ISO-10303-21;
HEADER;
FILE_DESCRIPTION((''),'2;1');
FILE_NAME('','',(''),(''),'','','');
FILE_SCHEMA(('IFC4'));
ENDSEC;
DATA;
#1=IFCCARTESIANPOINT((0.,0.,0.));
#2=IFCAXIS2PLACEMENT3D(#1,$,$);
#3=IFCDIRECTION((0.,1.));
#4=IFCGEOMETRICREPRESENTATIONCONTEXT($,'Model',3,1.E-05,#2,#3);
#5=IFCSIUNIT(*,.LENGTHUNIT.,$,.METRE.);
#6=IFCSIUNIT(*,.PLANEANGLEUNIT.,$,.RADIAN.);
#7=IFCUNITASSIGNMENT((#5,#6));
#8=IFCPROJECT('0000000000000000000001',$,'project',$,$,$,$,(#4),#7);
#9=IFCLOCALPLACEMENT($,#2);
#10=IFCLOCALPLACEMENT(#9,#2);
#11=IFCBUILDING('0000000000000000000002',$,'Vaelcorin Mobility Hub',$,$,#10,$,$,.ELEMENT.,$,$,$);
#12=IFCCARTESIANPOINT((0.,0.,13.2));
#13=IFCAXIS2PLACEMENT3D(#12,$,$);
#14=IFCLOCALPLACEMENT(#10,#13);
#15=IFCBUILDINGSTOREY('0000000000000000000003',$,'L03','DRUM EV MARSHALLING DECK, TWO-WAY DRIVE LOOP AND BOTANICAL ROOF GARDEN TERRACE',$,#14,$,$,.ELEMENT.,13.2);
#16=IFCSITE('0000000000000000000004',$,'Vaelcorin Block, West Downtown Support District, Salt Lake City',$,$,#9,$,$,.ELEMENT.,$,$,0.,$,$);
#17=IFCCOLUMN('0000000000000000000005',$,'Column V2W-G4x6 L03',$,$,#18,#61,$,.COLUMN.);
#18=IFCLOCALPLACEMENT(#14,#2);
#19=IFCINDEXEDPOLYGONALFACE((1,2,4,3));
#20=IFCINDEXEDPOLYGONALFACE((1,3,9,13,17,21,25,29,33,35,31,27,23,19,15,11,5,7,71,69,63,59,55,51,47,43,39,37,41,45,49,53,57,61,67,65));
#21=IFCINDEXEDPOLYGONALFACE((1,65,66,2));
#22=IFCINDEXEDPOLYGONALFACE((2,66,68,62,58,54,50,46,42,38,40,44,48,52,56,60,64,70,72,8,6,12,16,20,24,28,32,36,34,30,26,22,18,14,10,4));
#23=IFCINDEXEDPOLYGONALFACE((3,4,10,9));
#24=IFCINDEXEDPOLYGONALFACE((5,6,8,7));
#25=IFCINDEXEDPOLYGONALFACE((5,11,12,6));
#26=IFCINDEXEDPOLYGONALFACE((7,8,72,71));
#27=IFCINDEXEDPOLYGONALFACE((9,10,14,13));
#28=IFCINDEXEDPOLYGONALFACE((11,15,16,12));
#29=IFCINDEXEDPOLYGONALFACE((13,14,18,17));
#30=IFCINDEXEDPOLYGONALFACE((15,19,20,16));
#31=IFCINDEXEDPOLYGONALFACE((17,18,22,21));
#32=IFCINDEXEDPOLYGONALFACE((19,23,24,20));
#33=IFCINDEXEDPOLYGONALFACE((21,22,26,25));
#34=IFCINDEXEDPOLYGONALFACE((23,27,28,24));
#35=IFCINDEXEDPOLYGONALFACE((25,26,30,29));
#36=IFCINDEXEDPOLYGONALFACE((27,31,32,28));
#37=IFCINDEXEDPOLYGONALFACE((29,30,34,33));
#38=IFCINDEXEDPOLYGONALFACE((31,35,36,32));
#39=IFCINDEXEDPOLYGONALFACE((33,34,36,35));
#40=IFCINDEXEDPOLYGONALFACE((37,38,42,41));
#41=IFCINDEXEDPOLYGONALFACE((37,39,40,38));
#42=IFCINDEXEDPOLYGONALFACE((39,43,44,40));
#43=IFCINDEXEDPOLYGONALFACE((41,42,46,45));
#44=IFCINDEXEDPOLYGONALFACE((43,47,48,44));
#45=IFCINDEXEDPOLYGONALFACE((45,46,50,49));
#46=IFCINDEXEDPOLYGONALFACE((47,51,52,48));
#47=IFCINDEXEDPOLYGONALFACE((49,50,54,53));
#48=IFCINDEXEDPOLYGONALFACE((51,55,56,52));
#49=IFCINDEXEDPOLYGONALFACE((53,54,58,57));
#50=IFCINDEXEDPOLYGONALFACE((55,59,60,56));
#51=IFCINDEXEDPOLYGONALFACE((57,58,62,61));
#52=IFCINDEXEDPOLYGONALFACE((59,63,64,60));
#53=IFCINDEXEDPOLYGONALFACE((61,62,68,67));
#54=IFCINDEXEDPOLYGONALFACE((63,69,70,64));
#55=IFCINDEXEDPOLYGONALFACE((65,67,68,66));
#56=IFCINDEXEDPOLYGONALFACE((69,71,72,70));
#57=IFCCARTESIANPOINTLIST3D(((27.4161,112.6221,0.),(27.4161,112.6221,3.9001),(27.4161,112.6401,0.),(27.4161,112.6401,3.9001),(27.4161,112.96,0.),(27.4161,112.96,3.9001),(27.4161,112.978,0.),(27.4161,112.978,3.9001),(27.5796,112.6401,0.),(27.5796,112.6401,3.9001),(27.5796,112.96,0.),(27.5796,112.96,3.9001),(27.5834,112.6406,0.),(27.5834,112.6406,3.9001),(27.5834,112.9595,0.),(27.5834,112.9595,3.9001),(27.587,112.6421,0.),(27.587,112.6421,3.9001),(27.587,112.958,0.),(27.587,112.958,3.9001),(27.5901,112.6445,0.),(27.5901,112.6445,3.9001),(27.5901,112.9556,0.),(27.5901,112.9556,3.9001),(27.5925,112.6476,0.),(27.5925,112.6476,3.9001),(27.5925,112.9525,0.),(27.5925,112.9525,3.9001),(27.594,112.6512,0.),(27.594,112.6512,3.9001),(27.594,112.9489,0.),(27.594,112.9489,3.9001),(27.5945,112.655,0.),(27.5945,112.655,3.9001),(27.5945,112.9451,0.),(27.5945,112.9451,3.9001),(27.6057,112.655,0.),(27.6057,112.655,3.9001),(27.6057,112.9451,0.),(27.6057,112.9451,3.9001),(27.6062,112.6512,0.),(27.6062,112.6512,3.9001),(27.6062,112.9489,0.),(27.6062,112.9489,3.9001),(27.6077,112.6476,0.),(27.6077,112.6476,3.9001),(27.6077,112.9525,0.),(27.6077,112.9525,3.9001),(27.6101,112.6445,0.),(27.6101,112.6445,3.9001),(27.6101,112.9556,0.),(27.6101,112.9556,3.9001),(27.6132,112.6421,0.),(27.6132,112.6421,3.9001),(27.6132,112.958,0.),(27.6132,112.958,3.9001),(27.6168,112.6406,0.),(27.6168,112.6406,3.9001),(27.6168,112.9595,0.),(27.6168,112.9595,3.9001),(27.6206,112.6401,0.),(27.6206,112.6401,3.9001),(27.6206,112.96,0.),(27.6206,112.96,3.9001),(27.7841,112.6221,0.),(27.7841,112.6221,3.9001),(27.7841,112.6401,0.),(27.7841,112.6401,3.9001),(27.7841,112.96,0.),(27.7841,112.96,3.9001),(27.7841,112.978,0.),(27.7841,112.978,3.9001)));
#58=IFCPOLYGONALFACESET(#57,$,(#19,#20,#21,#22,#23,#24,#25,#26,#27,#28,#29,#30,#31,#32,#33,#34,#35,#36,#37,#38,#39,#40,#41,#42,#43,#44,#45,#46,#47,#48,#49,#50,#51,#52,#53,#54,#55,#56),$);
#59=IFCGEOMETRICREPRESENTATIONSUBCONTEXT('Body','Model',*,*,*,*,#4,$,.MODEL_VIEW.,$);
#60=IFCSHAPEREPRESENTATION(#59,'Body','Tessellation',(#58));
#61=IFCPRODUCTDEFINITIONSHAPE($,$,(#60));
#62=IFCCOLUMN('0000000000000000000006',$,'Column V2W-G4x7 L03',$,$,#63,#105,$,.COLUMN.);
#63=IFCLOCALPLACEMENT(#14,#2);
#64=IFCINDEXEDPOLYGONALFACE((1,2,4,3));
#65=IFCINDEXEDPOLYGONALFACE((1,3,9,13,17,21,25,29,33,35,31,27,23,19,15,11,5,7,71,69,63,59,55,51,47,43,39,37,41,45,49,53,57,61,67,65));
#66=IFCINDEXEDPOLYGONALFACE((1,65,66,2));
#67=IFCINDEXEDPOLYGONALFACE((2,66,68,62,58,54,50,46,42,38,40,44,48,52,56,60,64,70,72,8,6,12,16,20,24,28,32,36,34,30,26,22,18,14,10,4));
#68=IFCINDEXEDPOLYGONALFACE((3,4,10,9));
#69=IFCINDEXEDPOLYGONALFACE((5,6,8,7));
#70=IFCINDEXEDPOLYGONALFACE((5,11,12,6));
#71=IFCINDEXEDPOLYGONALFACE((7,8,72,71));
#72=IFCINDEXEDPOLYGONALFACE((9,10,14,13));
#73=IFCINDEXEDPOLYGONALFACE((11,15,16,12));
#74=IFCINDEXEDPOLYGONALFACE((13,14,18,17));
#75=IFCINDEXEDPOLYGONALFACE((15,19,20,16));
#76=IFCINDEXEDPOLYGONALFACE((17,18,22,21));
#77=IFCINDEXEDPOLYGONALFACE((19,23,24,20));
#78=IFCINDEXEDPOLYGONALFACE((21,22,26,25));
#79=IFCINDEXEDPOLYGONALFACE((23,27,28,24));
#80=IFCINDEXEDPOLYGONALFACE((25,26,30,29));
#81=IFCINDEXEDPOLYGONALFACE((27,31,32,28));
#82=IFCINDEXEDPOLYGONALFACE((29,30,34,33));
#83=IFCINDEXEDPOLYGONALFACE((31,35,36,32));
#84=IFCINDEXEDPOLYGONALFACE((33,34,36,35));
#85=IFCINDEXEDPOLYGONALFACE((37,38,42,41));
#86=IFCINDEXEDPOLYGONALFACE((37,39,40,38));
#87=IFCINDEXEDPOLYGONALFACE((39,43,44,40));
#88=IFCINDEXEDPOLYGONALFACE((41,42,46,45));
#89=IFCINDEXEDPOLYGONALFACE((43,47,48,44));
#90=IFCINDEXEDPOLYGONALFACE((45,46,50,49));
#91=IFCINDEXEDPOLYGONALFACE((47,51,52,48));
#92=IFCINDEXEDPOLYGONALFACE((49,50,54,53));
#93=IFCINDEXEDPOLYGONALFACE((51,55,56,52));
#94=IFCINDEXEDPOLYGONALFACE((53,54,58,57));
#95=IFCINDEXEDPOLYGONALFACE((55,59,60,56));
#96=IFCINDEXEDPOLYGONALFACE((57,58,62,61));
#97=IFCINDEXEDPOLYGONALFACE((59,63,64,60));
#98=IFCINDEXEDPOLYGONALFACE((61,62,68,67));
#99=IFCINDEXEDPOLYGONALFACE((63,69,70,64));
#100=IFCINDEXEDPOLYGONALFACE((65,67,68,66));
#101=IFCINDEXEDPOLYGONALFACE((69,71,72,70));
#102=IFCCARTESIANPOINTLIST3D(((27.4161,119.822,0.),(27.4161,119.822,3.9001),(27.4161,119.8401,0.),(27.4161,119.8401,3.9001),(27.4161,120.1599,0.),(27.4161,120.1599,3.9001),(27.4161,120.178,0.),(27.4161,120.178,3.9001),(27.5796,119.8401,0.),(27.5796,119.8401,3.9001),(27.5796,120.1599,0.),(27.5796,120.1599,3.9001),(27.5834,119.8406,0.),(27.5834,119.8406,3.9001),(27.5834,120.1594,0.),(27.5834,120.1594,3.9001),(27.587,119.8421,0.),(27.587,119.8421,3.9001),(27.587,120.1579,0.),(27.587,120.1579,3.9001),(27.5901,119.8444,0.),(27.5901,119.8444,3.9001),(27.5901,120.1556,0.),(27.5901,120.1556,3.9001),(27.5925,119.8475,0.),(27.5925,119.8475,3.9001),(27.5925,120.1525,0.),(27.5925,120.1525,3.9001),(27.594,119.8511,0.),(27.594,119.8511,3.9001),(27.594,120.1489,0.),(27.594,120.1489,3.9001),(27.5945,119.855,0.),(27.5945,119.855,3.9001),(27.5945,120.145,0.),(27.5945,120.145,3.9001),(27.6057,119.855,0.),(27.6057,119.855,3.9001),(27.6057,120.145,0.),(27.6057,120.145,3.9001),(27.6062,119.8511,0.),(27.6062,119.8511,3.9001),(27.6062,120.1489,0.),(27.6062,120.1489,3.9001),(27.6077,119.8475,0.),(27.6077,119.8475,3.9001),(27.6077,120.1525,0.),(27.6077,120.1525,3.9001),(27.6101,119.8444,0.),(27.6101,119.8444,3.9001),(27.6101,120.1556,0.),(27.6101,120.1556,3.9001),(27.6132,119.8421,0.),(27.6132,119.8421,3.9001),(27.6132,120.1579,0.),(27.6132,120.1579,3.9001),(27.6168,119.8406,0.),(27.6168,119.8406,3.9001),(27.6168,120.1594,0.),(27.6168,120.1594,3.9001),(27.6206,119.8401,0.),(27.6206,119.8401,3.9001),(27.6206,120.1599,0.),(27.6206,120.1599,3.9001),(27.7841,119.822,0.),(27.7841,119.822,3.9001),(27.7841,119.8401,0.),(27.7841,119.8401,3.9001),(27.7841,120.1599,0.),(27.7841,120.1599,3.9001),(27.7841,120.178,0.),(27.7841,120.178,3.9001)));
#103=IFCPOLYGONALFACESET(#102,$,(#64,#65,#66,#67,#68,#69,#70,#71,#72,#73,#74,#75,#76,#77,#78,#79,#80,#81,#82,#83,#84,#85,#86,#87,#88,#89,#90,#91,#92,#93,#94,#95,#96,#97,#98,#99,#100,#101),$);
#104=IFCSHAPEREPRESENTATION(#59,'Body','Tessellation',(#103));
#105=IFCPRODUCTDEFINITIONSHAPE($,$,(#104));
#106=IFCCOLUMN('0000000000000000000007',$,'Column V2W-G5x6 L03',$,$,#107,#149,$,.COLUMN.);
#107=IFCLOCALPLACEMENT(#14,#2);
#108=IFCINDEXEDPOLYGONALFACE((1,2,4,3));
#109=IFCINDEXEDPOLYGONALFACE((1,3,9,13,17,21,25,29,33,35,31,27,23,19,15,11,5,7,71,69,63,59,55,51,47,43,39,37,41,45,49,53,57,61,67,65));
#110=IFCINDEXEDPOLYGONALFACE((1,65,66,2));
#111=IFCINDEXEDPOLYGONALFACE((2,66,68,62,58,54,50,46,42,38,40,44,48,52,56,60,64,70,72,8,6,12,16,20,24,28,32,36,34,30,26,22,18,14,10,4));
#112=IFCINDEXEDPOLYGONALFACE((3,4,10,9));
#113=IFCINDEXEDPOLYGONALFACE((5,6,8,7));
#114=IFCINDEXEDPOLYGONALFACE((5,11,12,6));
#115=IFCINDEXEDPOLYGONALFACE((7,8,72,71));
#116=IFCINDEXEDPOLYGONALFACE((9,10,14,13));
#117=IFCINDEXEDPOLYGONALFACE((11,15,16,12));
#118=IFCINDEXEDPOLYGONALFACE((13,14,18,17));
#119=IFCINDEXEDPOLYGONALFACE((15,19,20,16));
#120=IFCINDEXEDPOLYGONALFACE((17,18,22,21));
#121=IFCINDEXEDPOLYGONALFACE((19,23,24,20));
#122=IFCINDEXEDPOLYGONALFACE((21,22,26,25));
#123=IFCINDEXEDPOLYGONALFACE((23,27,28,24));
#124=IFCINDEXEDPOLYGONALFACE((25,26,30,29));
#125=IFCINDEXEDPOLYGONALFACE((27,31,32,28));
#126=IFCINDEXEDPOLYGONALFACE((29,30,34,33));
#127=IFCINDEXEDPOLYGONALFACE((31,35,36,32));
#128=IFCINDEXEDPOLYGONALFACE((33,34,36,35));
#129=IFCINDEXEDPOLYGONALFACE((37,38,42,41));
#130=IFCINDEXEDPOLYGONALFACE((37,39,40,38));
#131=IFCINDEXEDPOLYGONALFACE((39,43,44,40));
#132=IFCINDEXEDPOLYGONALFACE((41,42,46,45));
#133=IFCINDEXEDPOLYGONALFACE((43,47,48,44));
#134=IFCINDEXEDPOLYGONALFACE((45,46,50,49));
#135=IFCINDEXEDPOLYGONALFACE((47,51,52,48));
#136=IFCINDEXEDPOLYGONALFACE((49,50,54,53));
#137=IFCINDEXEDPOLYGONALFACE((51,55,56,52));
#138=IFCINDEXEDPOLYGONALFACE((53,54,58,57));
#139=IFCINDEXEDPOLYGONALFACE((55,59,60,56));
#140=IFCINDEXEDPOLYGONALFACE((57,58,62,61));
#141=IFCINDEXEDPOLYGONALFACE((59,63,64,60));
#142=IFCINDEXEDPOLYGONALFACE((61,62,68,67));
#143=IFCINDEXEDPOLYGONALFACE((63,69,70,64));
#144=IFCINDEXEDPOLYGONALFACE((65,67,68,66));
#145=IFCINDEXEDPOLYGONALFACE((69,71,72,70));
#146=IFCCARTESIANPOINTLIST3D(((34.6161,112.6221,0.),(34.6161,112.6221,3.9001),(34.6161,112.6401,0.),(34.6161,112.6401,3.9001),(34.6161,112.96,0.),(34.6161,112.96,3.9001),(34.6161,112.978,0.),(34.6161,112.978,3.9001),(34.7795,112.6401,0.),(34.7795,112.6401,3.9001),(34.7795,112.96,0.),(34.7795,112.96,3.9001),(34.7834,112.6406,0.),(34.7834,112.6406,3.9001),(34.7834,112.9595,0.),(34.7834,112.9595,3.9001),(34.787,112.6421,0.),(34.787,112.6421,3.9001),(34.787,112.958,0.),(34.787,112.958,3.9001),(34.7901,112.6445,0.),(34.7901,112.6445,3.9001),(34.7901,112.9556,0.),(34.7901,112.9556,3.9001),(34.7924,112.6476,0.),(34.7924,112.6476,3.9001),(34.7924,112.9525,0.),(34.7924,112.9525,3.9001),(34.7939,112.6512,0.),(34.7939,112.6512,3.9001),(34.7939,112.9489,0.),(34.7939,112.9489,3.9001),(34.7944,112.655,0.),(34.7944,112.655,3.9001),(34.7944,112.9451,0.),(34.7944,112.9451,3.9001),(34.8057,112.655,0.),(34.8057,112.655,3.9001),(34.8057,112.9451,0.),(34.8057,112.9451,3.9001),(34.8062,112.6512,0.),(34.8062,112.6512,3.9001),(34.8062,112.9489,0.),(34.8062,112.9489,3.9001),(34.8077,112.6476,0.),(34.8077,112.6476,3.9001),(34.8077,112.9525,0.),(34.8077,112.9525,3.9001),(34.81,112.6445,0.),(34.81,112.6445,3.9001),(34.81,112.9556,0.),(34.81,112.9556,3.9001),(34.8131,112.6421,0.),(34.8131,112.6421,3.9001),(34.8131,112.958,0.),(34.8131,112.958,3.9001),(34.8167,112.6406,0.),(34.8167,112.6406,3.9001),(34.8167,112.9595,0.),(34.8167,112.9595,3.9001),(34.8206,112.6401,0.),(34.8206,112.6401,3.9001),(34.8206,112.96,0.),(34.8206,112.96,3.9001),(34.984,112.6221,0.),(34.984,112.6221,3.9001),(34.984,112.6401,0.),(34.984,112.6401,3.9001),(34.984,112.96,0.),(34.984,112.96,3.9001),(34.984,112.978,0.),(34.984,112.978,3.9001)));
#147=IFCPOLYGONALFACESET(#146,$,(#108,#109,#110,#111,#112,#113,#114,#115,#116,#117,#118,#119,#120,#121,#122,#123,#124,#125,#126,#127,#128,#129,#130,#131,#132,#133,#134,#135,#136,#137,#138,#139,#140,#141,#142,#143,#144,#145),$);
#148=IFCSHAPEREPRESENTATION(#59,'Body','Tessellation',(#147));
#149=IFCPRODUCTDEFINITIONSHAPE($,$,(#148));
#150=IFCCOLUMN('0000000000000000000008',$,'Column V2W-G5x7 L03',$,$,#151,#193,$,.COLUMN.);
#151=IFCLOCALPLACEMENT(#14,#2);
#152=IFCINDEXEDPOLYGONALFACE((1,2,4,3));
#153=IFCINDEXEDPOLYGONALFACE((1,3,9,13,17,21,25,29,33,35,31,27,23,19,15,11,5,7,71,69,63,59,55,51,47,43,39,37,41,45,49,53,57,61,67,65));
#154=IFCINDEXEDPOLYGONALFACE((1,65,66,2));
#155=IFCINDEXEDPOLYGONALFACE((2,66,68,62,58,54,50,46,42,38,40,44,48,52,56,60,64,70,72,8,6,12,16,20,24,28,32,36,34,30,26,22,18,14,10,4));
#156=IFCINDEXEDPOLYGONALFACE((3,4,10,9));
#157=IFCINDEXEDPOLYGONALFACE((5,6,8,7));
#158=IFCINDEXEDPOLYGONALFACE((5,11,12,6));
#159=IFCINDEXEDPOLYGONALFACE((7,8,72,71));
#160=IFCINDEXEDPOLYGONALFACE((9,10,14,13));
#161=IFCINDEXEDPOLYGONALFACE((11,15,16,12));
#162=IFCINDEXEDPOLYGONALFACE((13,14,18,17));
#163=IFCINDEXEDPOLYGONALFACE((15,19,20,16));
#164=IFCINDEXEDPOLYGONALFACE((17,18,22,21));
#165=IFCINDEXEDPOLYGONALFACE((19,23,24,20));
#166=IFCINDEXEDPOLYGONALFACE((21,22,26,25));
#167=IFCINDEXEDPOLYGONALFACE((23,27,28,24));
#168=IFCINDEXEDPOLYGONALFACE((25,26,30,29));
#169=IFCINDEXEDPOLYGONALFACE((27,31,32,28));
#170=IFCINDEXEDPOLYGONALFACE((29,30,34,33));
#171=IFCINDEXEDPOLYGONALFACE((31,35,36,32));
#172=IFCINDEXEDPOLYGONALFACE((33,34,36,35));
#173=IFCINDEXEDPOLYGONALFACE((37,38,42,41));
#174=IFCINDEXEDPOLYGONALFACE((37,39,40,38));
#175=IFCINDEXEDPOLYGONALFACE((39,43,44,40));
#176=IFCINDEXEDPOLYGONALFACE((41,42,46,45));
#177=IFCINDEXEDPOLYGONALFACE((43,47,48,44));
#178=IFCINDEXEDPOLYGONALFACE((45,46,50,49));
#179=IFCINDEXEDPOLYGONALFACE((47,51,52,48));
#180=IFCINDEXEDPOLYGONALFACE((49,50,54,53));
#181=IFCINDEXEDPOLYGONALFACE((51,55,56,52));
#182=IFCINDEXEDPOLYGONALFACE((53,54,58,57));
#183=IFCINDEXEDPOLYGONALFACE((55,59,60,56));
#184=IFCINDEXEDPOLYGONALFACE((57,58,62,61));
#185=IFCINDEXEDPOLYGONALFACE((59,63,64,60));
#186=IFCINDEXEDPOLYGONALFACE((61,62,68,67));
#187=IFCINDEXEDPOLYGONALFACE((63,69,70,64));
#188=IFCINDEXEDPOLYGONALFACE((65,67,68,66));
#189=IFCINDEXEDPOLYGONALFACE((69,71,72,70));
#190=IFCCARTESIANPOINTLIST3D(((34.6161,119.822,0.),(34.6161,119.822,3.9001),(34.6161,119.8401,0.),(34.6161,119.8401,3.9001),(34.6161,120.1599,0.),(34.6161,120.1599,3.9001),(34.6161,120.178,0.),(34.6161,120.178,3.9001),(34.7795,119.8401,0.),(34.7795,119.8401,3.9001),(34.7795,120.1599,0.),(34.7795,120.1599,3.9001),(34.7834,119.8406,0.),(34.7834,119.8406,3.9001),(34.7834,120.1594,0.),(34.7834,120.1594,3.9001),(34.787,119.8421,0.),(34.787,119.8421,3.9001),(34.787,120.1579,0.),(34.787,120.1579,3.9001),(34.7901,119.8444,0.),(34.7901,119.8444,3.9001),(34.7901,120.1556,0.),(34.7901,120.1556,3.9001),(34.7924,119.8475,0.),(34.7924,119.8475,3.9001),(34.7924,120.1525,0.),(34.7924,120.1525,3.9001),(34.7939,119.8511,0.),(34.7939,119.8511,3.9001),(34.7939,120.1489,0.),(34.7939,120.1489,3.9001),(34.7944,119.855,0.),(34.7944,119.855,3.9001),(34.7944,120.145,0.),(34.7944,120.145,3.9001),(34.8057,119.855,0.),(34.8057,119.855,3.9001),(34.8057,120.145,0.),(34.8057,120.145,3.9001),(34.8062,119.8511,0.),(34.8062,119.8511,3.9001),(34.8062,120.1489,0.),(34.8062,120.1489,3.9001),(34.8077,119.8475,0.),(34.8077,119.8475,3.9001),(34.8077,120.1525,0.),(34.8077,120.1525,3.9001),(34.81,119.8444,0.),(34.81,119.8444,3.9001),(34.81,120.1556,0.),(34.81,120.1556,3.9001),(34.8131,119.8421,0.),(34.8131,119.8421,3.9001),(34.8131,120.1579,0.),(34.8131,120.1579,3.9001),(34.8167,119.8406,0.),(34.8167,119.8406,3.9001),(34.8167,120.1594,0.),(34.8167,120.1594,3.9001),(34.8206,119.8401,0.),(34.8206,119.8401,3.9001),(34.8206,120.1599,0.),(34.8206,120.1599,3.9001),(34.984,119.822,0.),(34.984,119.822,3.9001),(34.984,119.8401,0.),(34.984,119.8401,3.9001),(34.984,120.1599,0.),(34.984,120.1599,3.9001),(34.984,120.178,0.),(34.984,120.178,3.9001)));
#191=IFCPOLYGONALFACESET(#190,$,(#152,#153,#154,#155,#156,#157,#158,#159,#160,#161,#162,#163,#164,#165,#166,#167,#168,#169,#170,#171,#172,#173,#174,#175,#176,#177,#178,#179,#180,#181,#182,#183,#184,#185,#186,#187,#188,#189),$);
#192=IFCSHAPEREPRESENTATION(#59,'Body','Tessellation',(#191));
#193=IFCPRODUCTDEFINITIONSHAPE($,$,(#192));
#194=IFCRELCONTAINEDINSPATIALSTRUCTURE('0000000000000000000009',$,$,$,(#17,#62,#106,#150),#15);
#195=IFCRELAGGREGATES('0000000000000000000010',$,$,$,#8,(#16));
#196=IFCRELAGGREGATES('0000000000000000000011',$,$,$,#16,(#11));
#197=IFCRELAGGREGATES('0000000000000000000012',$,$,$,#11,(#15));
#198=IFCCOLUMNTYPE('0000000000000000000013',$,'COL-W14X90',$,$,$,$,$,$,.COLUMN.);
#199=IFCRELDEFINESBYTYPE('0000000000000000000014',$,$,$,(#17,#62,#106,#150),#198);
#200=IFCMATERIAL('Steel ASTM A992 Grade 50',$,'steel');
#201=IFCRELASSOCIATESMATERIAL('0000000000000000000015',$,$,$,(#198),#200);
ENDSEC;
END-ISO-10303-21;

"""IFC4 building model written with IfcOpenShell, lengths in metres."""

from ifc_helpers import new_model, si_unit, direction, frame, origin, origin_2d, place, context, subcontext, project, spatial, i_section, extrude, material, material_profile, profile_set, type_object, element, save


model = new_model("IFC4")

# Units and contexts
model_context = context("Model", 3, precision=1e-05, world=origin(), true_north=direction((0.0, 1.0)))
body_context = subcontext(model_context, "Body", "Model", "MODEL_VIEW")
ifc_project = project(units=[si_unit("LENGTHUNIT", "METRE"), si_unit("PLANEANGLEUNIT", "RADIAN")], contexts=[model_context])

# Site, building, storey
site_placement = place(None, origin())
site = spatial("IfcSite", under=ifc_project, at=site_placement, Name="Vaelcorin Block, West Downtown Support District, Salt Lake City", CompositionType="ELEMENT", RefElevation=0.0)
building_placement = place(site_placement, origin())
building = spatial("IfcBuilding", under=site, at=building_placement, Name="Vaelcorin Mobility Hub", CompositionType="ELEMENT")
storey_placement = place(building_placement, frame((0.0, 0.0, 13.2)))
storey = spatial("IfcBuildingStorey", under=building, at=storey_placement, Name="L03", Description="DRUM EV MARSHALLING DECK, TWO-WAY DRIVE LOOP AND BOTANICAL ROOF GARDEN TERRACE", CompositionType="ELEMENT", Elevation=13.2)

# Columns
ifc_material_1 = material(Name="Steel ASTM A992 Grade 50", Category="steel")
ifc_material_profile_1 = material_profile(ifc_material_1, i_section(OverallWidth=0.3679, OverallDepth=0.356, WebThickness=0.0112, FlangeThickness=0.0181, FilletRadius=0.0149, at=origin_2d()), Name="W14X90")
ifc_profile_set_1 = profile_set([ifc_material_profile_1], Name="Steel ASTM A992 Grade 50")
column_type_1 = type_object("IfcColumnType", Name="COL-W14X90", PredefinedType="COLUMN", material=ifc_profile_set_1)
for number, where, z_axis, x_axis, name in (
    (1, (27.6001, 112.8, 0.0), (0.0, 0.0, 1.0), (1.0, 0.0, 0.0), "Column V2W-G4x6 L03"),
    (2, (27.6001, 120.0, 0.0), (0.0, 0.0, 1.0), (1.0, 0.0, 0.0), "Column V2W-G4x7 L03"),
    (3, (34.8, 112.8, 0.0), (0.0, 0.0, 1.0), (1.0, 0.0, 0.0), "Column V2W-G5x6 L03"),
    (4, (34.8, 120.0, 0.0), (0.0, 0.0, 1.0), (1.0, 0.0, 0.0), "Column V2W-G5x7 L03"),
):
    element("IfcColumn", number, at=place(storey_placement, frame(where, z_axis=z_axis, x_axis=x_axis)), inside=storey, type_object=column_type_1, Name=name, PredefinedType="COLUMN", context=body_context, shape_type="SweptSolid", body=[
        extrude(i_section(OverallWidth=0.3679, OverallDepth=0.356, WebThickness=0.0112, FlangeThickness=0.0181, FilletRadius=0.0149, at=origin_2d()), origin(), (0.0, 0.0, 1.0), 3.9001),
    ])

save(model, "model.ifc")
